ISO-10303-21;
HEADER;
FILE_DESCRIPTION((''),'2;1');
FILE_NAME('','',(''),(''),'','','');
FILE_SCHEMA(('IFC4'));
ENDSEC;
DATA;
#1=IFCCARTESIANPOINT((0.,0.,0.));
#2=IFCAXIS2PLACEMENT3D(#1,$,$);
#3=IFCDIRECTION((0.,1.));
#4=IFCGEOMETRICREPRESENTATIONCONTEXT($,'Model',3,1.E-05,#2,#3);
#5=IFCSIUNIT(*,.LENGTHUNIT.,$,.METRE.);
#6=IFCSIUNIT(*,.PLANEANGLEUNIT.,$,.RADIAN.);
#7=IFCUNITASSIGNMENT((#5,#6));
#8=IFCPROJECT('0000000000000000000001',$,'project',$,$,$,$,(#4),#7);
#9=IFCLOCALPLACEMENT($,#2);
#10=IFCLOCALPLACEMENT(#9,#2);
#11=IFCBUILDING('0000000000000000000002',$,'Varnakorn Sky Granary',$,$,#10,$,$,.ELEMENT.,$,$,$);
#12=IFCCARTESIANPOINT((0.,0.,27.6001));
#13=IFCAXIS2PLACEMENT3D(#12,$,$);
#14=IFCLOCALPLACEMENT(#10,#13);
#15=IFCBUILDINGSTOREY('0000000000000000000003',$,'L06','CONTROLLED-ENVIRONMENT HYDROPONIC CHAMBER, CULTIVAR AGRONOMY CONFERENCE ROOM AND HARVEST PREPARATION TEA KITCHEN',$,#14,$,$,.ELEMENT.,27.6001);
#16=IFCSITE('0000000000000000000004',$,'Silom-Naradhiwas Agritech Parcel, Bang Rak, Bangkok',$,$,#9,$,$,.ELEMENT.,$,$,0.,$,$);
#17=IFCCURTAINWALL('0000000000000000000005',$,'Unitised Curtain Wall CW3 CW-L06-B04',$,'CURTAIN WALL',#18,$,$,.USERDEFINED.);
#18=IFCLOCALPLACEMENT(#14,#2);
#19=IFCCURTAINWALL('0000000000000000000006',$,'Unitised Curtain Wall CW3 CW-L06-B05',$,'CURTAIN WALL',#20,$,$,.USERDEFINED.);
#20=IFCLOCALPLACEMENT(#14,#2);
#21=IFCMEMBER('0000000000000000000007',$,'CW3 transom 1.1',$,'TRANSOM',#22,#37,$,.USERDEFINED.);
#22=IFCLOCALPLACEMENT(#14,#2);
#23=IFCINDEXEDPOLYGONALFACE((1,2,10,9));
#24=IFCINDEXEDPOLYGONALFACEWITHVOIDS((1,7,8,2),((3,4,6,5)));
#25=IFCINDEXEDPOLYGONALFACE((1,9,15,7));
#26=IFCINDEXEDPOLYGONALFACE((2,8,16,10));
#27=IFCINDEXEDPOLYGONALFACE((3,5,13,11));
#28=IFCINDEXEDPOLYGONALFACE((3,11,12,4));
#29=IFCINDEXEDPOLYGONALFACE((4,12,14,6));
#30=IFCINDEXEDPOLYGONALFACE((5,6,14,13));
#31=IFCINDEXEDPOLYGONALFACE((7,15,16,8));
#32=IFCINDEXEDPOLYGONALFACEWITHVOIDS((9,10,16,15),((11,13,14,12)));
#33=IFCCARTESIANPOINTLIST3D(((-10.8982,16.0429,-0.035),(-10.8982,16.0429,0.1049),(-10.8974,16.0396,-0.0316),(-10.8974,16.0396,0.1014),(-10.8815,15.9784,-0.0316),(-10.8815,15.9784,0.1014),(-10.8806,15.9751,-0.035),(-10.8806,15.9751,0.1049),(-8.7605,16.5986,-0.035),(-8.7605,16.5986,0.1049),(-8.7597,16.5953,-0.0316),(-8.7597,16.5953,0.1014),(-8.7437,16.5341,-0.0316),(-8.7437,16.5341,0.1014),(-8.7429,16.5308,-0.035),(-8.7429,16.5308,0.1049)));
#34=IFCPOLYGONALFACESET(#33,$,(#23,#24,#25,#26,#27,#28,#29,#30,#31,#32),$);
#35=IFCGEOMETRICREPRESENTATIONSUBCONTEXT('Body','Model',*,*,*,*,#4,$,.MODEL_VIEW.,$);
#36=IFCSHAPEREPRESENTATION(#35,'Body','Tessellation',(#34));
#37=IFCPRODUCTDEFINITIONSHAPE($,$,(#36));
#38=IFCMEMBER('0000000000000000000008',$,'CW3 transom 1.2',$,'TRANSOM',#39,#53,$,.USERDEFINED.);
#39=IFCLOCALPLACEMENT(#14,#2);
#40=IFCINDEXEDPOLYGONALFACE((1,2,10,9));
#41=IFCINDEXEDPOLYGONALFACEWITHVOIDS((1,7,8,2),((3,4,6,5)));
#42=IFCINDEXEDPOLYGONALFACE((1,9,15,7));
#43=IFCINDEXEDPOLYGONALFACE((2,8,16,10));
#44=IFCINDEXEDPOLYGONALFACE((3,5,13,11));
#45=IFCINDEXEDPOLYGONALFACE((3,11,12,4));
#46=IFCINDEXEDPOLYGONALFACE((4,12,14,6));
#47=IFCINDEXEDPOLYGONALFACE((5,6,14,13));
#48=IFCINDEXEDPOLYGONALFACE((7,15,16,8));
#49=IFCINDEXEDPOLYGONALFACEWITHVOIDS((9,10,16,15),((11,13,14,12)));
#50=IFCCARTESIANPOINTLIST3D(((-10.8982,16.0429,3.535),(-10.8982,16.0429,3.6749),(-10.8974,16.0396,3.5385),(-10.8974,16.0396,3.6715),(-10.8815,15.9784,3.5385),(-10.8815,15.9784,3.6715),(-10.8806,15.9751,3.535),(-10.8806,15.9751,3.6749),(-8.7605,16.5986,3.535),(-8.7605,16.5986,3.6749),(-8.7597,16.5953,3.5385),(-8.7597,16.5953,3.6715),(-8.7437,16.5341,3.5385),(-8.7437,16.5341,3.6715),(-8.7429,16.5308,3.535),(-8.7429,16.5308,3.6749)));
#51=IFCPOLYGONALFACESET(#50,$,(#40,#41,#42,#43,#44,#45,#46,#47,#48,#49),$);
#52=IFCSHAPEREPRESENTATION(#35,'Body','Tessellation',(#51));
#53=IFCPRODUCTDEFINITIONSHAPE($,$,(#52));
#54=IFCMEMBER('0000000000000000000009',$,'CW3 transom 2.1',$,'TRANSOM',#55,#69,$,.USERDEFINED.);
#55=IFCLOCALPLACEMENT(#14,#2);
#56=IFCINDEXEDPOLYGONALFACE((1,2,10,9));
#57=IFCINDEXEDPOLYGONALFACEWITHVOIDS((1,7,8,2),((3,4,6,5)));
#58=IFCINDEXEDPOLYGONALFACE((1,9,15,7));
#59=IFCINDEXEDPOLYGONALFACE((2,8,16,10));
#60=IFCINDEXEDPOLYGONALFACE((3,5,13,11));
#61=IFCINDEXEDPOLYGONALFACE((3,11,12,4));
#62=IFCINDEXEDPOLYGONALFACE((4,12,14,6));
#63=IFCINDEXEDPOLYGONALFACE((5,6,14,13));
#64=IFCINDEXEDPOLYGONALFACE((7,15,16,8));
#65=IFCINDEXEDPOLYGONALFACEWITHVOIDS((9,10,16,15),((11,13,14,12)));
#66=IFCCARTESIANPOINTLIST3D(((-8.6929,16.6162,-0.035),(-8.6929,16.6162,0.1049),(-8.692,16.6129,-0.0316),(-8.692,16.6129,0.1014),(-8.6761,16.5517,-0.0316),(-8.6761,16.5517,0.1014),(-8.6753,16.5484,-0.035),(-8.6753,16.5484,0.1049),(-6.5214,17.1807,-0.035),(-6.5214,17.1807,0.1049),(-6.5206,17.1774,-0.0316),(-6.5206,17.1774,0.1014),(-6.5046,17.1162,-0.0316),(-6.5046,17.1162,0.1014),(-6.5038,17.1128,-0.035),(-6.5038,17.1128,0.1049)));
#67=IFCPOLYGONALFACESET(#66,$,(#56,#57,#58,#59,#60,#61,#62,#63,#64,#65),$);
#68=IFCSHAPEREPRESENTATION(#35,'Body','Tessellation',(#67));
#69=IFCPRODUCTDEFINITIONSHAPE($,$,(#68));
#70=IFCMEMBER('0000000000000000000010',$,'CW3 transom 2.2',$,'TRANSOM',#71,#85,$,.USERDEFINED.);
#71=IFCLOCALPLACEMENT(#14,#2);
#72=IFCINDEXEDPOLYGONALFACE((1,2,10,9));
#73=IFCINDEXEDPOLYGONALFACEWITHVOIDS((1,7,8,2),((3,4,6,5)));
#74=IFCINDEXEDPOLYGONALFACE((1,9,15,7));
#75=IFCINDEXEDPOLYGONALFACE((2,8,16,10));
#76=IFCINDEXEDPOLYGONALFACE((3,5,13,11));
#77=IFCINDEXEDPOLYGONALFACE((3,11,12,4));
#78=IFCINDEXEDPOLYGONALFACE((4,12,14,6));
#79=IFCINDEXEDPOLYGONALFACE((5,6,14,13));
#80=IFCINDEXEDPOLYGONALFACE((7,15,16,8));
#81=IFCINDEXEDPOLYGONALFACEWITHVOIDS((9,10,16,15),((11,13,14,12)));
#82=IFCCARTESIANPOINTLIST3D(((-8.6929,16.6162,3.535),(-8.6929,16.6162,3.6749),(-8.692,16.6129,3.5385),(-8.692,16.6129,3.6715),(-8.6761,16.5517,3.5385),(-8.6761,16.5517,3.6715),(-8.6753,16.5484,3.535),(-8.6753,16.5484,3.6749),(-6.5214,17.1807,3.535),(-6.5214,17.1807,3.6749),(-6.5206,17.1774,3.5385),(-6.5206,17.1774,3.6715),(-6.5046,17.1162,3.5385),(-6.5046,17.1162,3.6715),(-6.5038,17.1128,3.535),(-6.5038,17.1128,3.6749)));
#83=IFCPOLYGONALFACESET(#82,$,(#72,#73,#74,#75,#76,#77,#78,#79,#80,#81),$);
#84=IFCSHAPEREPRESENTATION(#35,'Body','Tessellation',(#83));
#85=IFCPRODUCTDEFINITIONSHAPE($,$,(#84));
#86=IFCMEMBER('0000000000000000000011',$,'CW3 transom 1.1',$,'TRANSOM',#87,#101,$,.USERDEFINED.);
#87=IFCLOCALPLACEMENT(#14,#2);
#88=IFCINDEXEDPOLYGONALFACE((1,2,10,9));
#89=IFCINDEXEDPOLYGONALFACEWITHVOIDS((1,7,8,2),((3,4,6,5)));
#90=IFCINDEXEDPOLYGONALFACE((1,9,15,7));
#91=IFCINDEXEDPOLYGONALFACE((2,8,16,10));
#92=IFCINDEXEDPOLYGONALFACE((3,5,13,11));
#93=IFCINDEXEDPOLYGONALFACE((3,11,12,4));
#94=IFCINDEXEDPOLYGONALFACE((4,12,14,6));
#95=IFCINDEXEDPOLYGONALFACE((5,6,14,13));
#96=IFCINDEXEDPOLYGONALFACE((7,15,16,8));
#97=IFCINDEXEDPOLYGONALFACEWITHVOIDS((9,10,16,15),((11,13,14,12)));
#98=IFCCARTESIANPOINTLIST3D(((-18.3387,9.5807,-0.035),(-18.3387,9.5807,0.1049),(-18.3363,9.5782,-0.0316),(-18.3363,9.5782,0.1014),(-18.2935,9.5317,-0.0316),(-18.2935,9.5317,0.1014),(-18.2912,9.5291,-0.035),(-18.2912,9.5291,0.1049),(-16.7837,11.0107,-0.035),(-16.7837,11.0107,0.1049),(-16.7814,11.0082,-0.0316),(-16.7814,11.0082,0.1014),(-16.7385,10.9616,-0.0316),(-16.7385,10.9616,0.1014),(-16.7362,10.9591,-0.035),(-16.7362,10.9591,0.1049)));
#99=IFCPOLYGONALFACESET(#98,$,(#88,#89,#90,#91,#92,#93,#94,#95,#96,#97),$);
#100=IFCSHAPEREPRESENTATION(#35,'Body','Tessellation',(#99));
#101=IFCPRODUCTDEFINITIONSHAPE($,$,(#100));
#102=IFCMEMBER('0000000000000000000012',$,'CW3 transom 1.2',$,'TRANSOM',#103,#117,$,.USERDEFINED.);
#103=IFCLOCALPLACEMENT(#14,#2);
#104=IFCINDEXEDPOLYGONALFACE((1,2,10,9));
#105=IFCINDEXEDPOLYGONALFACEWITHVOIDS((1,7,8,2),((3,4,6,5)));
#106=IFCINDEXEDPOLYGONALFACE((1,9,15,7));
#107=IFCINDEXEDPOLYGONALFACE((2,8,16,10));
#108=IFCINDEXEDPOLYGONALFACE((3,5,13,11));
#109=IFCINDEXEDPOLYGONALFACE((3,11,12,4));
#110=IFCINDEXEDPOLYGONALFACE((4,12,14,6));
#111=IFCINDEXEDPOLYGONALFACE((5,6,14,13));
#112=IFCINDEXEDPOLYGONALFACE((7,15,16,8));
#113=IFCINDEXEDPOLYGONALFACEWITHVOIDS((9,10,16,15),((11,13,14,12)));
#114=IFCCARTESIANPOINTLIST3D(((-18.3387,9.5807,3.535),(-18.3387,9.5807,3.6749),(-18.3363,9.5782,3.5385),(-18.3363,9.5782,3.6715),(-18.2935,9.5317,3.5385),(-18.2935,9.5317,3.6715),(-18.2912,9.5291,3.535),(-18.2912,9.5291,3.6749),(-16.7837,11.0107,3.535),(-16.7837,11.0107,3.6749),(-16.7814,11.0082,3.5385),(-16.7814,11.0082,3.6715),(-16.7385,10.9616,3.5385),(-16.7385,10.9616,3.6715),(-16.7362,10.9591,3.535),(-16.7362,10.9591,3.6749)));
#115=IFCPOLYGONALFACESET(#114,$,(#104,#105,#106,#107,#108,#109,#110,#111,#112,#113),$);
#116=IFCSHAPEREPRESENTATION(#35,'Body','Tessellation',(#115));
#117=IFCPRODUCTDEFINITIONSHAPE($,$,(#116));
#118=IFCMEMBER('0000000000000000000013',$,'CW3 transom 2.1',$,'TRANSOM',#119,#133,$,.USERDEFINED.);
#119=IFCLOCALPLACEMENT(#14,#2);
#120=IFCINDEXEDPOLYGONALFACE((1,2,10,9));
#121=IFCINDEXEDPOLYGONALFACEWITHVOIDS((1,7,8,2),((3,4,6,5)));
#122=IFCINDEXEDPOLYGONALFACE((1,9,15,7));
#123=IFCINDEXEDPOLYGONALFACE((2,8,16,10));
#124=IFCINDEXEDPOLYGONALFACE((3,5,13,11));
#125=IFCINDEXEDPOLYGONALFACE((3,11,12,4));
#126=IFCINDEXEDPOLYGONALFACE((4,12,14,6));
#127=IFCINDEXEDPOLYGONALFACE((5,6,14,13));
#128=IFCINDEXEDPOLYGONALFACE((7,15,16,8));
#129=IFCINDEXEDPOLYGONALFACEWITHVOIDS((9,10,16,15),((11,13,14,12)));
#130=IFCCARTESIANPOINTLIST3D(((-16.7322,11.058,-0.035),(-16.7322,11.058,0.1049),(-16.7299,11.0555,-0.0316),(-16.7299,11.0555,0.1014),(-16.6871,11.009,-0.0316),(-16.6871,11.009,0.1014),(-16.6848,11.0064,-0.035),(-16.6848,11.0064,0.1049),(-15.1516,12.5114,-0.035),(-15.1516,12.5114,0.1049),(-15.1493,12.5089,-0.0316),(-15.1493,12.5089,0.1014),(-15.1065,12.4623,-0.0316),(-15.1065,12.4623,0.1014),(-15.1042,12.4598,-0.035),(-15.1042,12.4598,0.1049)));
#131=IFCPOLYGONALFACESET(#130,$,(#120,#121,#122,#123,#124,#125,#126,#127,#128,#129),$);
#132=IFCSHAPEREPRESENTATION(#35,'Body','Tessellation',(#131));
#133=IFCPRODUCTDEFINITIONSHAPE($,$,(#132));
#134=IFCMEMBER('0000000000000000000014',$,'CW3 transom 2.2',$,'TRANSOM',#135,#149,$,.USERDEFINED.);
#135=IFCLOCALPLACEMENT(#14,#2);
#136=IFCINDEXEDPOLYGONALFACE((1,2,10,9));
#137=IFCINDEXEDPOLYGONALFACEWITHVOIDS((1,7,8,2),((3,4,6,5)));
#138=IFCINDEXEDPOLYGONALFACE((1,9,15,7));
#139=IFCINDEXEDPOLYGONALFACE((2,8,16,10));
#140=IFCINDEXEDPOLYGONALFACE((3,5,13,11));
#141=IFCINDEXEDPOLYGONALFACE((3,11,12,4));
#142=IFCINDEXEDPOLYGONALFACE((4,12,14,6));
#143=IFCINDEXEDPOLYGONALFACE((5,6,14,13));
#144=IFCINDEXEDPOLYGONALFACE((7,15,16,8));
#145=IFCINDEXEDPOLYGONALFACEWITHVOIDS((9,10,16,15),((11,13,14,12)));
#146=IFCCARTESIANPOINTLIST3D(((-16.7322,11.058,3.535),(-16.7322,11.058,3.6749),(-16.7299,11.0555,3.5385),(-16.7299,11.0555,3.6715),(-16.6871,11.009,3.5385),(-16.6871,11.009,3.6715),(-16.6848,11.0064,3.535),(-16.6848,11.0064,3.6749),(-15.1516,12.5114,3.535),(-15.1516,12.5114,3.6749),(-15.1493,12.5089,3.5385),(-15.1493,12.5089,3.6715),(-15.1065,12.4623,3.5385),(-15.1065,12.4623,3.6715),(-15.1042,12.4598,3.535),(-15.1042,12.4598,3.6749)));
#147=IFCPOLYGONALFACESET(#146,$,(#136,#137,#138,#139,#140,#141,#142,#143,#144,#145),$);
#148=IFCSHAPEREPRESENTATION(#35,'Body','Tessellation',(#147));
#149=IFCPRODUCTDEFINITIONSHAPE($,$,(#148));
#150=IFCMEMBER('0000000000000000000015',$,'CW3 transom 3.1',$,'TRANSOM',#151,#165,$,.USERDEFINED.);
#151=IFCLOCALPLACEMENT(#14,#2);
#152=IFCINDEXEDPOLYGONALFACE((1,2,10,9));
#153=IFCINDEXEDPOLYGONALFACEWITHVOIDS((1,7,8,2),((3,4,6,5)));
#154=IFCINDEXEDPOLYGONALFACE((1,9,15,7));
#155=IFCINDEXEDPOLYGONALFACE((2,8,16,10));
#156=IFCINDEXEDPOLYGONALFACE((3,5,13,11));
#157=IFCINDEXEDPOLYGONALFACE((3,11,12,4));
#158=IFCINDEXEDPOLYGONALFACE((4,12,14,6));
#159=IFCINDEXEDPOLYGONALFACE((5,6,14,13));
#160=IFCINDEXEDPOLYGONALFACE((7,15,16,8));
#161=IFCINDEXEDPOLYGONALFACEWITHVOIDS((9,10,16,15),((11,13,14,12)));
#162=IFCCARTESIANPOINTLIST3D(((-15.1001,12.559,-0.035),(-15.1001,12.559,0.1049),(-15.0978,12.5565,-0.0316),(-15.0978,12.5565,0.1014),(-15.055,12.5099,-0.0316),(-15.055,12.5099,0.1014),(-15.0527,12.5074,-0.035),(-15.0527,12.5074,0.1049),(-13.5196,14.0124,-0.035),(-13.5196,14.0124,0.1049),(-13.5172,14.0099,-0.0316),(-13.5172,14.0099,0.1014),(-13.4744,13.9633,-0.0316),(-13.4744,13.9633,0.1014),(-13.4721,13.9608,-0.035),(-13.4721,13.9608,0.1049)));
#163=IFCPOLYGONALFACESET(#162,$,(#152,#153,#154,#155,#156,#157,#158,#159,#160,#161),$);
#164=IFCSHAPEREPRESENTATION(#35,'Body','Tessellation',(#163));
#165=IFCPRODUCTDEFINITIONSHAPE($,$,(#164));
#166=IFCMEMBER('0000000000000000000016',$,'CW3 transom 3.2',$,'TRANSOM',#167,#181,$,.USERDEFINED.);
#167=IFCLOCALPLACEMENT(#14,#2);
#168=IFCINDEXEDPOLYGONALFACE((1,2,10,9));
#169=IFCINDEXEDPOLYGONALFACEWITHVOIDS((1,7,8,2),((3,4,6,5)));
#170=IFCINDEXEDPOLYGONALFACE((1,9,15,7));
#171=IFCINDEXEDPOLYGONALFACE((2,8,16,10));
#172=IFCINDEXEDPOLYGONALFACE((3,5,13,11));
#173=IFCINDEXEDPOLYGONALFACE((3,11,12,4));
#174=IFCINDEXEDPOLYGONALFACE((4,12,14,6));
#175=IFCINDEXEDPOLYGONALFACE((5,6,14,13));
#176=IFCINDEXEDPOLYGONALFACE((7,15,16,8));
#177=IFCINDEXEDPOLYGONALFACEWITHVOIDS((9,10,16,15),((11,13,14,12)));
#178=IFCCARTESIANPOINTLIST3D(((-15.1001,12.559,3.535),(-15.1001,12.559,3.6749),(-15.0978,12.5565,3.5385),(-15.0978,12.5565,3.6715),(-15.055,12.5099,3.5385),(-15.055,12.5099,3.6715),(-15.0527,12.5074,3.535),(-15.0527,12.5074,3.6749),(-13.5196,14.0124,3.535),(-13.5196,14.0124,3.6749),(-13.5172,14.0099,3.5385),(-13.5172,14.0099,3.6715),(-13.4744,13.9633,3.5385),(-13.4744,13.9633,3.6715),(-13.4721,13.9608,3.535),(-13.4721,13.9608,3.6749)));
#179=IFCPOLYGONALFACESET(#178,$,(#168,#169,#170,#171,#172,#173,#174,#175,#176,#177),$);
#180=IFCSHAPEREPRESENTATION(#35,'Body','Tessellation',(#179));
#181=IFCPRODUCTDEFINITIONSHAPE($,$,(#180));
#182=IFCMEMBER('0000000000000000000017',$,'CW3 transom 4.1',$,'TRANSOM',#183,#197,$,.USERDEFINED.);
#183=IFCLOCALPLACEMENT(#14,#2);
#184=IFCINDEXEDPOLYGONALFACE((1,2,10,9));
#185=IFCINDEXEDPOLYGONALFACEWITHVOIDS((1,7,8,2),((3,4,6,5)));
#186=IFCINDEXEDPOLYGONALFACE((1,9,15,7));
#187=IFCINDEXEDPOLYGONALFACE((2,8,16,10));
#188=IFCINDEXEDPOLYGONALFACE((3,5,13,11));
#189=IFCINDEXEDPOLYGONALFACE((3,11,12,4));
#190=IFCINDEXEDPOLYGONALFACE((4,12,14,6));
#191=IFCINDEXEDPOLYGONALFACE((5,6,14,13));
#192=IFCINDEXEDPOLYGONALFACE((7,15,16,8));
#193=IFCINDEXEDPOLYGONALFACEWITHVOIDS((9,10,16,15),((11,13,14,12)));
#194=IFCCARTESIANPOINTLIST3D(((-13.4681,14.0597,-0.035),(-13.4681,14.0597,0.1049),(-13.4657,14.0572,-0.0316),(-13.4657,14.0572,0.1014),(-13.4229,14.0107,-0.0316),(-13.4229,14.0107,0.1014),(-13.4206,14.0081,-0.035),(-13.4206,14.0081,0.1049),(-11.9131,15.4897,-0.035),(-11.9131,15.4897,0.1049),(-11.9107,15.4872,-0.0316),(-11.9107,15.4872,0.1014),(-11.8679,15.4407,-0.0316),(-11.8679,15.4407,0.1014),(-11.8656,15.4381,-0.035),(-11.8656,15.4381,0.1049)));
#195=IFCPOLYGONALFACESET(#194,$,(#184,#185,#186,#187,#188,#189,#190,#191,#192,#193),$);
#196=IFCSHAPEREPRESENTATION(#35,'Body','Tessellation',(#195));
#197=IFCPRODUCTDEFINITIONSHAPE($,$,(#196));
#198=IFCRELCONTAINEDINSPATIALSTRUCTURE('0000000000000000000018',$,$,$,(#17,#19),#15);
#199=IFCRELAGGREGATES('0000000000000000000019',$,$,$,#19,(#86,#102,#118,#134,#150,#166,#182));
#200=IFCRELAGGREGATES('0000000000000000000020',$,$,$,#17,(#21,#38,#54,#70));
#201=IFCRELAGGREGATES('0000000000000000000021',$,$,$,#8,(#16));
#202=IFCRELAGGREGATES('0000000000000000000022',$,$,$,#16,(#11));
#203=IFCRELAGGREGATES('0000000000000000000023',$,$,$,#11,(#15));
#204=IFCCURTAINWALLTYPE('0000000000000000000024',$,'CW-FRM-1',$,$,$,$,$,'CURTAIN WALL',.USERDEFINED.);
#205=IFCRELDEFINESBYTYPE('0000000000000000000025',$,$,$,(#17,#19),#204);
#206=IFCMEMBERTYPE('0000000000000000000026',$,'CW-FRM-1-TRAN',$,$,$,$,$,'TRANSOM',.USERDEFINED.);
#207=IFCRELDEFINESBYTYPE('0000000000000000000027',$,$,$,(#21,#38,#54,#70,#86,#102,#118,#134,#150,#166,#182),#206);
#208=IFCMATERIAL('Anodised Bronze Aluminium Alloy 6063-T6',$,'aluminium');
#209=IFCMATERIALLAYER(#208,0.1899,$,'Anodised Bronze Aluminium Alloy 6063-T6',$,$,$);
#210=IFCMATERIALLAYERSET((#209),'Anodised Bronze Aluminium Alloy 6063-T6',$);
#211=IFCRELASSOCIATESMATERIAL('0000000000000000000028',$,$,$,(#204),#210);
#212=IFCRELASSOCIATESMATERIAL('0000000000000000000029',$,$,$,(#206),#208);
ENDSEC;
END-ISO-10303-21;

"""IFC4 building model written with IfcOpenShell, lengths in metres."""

from ifc_helpers import new_model, si_unit, direction, frame, origin, origin_2d, place, context, subcontext, project, spatial, hollow_rectangle, extrude, material, layer, layer_set, material_profile, profile_set, type_object, element, aggregate, save


model = new_model("IFC4")

# Units and contexts
model_context = context("Model", 3, precision=1e-05, world=origin(), true_north=direction((0.0, 1.0)))
body_context = subcontext(model_context, "Body", "Model", "MODEL_VIEW")
ifc_project = project(units=[si_unit("LENGTHUNIT", "METRE"), si_unit("PLANEANGLEUNIT", "RADIAN")], contexts=[model_context])

# Site, building, storey
site_placement = place(None, origin())
site = spatial("IfcSite", under=ifc_project, at=site_placement, Name="Silom-Naradhiwas Agritech Parcel, Bang Rak, Bangkok", CompositionType="ELEMENT", RefElevation=0.0)
building_placement = place(site_placement, origin())
building = spatial("IfcBuilding", under=site, at=building_placement, Name="Varnakorn Sky Granary", CompositionType="ELEMENT")
storey_placement = place(building_placement, frame((0.0, 0.0, 27.6001)))
storey = spatial("IfcBuildingStorey", under=building, at=storey_placement, Name="L06", Description="CONTROLLED-ENVIRONMENT HYDROPONIC CHAMBER, CULTIVAR AGRONOMY CONFERENCE ROOM AND HARVEST PREPARATION TEA KITCHEN", CompositionType="ELEMENT", Elevation=27.6001)

# Curtain walls
ifc_material_1 = material(Name="Anodised Bronze Aluminium Alloy 6063-T6", Category="aluminium")
ifc_layer_1 = layer(ifc_material_1, 0.1899, Name="Anodised Bronze Aluminium Alloy 6063-T6")
ifc_layer_set_1 = layer_set([ifc_layer_1], Name="Anodised Bronze Aluminium Alloy 6063-T6")
curtain_wall_type = type_object("IfcCurtainWallType", Name="CW-FRM-1", ElementType="CURTAIN WALL", PredefinedType="USERDEFINED", material=ifc_layer_set_1)
curtain_wall_1_placement = place(storey_placement, origin())
curtain_wall_1 = element("IfcCurtainWall", 1, at=curtain_wall_1_placement, inside=storey, type_object=curtain_wall_type, Name="Unitised Curtain Wall CW3 CW-L06-B04", ObjectType="CURTAIN WALL", PredefinedType="USERDEFINED")
curtain_wall_2_placement = place(storey_placement, origin())
curtain_wall_2 = element("IfcCurtainWall", 2, at=curtain_wall_2_placement, inside=storey, type_object=curtain_wall_type, Name="Unitised Curtain Wall CW3 CW-L06-B05", ObjectType="CURTAIN WALL", PredefinedType="USERDEFINED")

# Members
ifc_material_profile_1 = material_profile(ifc_material_1, hollow_rectangle(XDim=0.0701, YDim=0.1399, WallThickness=0.0034, at=origin_2d()), Name="ALU TRAN 70x140")
ifc_profile_set_1 = profile_set([ifc_material_profile_1], Name="Anodised Bronze Aluminium Alloy 6063-T6")
member_type_1 = type_object("IfcMemberType", Name="CW-FRM-1-TRAN", ElementType="TRANSOM", PredefinedType="USERDEFINED", material=ifc_profile_set_1)
member_1_placement = place(storey_placement, frame((-10.8894, 16.009, 0.0349), z_axis=(0.967838, 0.251576, 0.0), x_axis=(-0.251576, 0.967838, 0.0)))
member_1 = element("IfcMember", 3, at=member_1_placement, type_object=member_type_1, Name="CW3 transom 1.1", ObjectType="TRANSOM", PredefinedType="USERDEFINED", context=body_context, shape_type="SweptSolid", body=[
    extrude(hollow_rectangle(XDim=0.0701, YDim=0.1399, WallThickness=0.0034, at=origin_2d()), origin(), (0.0, 0.0, 1.0), 2.2087),
])
member_2_placement = place(storey_placement, frame((-10.8894, 16.009, 3.605), z_axis=(0.967838, 0.251576, 0.0), x_axis=(-0.251576, 0.967838, 0.0)))
member_2 = element("IfcMember", 4, at=member_2_placement, type_object=member_type_1, Name="CW3 transom 1.2", ObjectType="TRANSOM", PredefinedType="USERDEFINED", context=body_context, shape_type="SweptSolid", body=[
    extrude(hollow_rectangle(XDim=0.0701, YDim=0.1399, WallThickness=0.0034, at=origin_2d()), origin(), (0.0, 0.0, 1.0), 2.2087),
])
member_3_placement = place(storey_placement, frame((-8.6841, 16.5823, 0.0349), z_axis=(0.967834, 0.251589, 0.0), x_axis=(-0.251589, 0.967834, 0.0)))
member_3 = element("IfcMember", 5, at=member_3_placement, type_object=member_type_1, Name="CW3 transom 2.1", ObjectType="TRANSOM", PredefinedType="USERDEFINED", context=body_context, shape_type="SweptSolid", body=[
    extrude(hollow_rectangle(XDim=0.0701, YDim=0.1399, WallThickness=0.0034, at=origin_2d()), origin(), (0.0, 0.0, 1.0), 2.2437),
])
member_4_placement = place(storey_placement, frame((-8.6841, 16.5823, 3.605), z_axis=(0.967834, 0.251589, 0.0), x_axis=(-0.251589, 0.967834, 0.0)))
member_4 = element("IfcMember", 6, at=member_4_placement, type_object=member_type_1, Name="CW3 transom 2.2", ObjectType="TRANSOM", PredefinedType="USERDEFINED", context=body_context, shape_type="SweptSolid", body=[
    extrude(hollow_rectangle(XDim=0.0701, YDim=0.1399, WallThickness=0.0034, at=origin_2d()), origin(), (0.0, 0.0, 1.0), 2.2437),
])
member_5_placement = place(storey_placement, frame((-18.3149, 9.5549, 0.0349), z_axis=(0.736074, 0.676901, 0.0), x_axis=(-0.676901, 0.736074, 0.0)))
member_5 = element("IfcMember", 7, at=member_5_placement, type_object=member_type_1, Name="CW3 transom 1.1", ObjectType="TRANSOM", PredefinedType="USERDEFINED", context=body_context, shape_type="SweptSolid", body=[
    extrude(hollow_rectangle(XDim=0.0701, YDim=0.1399, WallThickness=0.0034, at=origin_2d()), origin(), (0.0, 0.0, 1.0), 2.1125),
])
member_6_placement = place(storey_placement, frame((-18.3149, 9.5549, 3.605), z_axis=(0.736074, 0.676901, 0.0), x_axis=(-0.676901, 0.736074, 0.0)))
member_6 = element("IfcMember", 8, at=member_6_placement, type_object=member_type_1, Name="CW3 transom 1.2", ObjectType="TRANSOM", PredefinedType="USERDEFINED", context=body_context, shape_type="SweptSolid", body=[
    extrude(hollow_rectangle(XDim=0.0701, YDim=0.1399, WallThickness=0.0034, at=origin_2d()), origin(), (0.0, 0.0, 1.0), 2.1125),
])
member_7_placement = place(storey_placement, frame((-16.7085, 11.0322, 0.0349), z_axis=(0.736105, 0.676867, 0.0), x_axis=(-0.676867, 0.736105, 0.0)))
member_7 = element("IfcMember", 9, at=member_7_placement, type_object=member_type_1, Name="CW3 transom 2.1", ObjectType="TRANSOM", PredefinedType="USERDEFINED", context=body_context, shape_type="SweptSolid", body=[
    extrude(hollow_rectangle(XDim=0.0701, YDim=0.1399, WallThickness=0.0034, at=origin_2d()), origin(), (0.0, 0.0, 1.0), 2.1472),
])
member_8_placement = place(storey_placement, frame((-16.7085, 11.0322, 3.605), z_axis=(0.736105, 0.676867, 0.0), x_axis=(-0.676867, 0.736105, 0.0)))
member_8 = element("IfcMember", 10, at=member_8_placement, type_object=member_type_1, Name="CW3 transom 2.2", ObjectType="TRANSOM", PredefinedType="USERDEFINED", context=body_context, shape_type="SweptSolid", body=[
    extrude(hollow_rectangle(XDim=0.0701, YDim=0.1399, WallThickness=0.0034, at=origin_2d()), origin(), (0.0, 0.0, 1.0), 2.1472),
])
member_9_placement = place(storey_placement, frame((-15.0764, 12.5332, 0.0349), z_axis=(0.736105, 0.676867, 0.0), x_axis=(-0.676867, 0.736105, 0.0)))
member_9 = element("IfcMember", 11, at=member_9_placement, type_object=member_type_1, Name="CW3 transom 3.1", ObjectType="TRANSOM", PredefinedType="USERDEFINED", context=body_context, shape_type="SweptSolid", body=[
    extrude(hollow_rectangle(XDim=0.0701, YDim=0.1399, WallThickness=0.0034, at=origin_2d()), origin(), (0.0, 0.0, 1.0), 2.1472),
])
member_10_placement = place(storey_placement, frame((-15.0764, 12.5332, 3.605), z_axis=(0.736105, 0.676867, 0.0), x_axis=(-0.676867, 0.736105, 0.0)))
member_10 = element("IfcMember", 12, at=member_10_placement, type_object=member_type_1, Name="CW3 transom 3.2", ObjectType="TRANSOM", PredefinedType="USERDEFINED", context=body_context, shape_type="SweptSolid", body=[
    extrude(hollow_rectangle(XDim=0.0701, YDim=0.1399, WallThickness=0.0034, at=origin_2d()), origin(), (0.0, 0.0, 1.0), 2.1472),
])
member_11_placement = place(storey_placement, frame((-13.4443, 14.0339, 0.0349), z_axis=(0.736074, 0.676901, 0.0), x_axis=(-0.676901, 0.736074, 0.0)))
member_11 = element("IfcMember", 13, at=member_11_placement, type_object=member_type_1, Name="CW3 transom 4.1", ObjectType="TRANSOM", PredefinedType="USERDEFINED", context=body_context, shape_type="SweptSolid", body=[
    extrude(hollow_rectangle(XDim=0.0701, YDim=0.1399, WallThickness=0.0034, at=origin_2d()), origin(), (0.0, 0.0, 1.0), 2.1125),
])

aggregate(curtain_wall_2, [member_5, member_6, member_7, member_8, member_9, member_10, member_11])
aggregate(curtain_wall_1, [member_1, member_2, member_3, member_4])

save(model, "model.ifc")
